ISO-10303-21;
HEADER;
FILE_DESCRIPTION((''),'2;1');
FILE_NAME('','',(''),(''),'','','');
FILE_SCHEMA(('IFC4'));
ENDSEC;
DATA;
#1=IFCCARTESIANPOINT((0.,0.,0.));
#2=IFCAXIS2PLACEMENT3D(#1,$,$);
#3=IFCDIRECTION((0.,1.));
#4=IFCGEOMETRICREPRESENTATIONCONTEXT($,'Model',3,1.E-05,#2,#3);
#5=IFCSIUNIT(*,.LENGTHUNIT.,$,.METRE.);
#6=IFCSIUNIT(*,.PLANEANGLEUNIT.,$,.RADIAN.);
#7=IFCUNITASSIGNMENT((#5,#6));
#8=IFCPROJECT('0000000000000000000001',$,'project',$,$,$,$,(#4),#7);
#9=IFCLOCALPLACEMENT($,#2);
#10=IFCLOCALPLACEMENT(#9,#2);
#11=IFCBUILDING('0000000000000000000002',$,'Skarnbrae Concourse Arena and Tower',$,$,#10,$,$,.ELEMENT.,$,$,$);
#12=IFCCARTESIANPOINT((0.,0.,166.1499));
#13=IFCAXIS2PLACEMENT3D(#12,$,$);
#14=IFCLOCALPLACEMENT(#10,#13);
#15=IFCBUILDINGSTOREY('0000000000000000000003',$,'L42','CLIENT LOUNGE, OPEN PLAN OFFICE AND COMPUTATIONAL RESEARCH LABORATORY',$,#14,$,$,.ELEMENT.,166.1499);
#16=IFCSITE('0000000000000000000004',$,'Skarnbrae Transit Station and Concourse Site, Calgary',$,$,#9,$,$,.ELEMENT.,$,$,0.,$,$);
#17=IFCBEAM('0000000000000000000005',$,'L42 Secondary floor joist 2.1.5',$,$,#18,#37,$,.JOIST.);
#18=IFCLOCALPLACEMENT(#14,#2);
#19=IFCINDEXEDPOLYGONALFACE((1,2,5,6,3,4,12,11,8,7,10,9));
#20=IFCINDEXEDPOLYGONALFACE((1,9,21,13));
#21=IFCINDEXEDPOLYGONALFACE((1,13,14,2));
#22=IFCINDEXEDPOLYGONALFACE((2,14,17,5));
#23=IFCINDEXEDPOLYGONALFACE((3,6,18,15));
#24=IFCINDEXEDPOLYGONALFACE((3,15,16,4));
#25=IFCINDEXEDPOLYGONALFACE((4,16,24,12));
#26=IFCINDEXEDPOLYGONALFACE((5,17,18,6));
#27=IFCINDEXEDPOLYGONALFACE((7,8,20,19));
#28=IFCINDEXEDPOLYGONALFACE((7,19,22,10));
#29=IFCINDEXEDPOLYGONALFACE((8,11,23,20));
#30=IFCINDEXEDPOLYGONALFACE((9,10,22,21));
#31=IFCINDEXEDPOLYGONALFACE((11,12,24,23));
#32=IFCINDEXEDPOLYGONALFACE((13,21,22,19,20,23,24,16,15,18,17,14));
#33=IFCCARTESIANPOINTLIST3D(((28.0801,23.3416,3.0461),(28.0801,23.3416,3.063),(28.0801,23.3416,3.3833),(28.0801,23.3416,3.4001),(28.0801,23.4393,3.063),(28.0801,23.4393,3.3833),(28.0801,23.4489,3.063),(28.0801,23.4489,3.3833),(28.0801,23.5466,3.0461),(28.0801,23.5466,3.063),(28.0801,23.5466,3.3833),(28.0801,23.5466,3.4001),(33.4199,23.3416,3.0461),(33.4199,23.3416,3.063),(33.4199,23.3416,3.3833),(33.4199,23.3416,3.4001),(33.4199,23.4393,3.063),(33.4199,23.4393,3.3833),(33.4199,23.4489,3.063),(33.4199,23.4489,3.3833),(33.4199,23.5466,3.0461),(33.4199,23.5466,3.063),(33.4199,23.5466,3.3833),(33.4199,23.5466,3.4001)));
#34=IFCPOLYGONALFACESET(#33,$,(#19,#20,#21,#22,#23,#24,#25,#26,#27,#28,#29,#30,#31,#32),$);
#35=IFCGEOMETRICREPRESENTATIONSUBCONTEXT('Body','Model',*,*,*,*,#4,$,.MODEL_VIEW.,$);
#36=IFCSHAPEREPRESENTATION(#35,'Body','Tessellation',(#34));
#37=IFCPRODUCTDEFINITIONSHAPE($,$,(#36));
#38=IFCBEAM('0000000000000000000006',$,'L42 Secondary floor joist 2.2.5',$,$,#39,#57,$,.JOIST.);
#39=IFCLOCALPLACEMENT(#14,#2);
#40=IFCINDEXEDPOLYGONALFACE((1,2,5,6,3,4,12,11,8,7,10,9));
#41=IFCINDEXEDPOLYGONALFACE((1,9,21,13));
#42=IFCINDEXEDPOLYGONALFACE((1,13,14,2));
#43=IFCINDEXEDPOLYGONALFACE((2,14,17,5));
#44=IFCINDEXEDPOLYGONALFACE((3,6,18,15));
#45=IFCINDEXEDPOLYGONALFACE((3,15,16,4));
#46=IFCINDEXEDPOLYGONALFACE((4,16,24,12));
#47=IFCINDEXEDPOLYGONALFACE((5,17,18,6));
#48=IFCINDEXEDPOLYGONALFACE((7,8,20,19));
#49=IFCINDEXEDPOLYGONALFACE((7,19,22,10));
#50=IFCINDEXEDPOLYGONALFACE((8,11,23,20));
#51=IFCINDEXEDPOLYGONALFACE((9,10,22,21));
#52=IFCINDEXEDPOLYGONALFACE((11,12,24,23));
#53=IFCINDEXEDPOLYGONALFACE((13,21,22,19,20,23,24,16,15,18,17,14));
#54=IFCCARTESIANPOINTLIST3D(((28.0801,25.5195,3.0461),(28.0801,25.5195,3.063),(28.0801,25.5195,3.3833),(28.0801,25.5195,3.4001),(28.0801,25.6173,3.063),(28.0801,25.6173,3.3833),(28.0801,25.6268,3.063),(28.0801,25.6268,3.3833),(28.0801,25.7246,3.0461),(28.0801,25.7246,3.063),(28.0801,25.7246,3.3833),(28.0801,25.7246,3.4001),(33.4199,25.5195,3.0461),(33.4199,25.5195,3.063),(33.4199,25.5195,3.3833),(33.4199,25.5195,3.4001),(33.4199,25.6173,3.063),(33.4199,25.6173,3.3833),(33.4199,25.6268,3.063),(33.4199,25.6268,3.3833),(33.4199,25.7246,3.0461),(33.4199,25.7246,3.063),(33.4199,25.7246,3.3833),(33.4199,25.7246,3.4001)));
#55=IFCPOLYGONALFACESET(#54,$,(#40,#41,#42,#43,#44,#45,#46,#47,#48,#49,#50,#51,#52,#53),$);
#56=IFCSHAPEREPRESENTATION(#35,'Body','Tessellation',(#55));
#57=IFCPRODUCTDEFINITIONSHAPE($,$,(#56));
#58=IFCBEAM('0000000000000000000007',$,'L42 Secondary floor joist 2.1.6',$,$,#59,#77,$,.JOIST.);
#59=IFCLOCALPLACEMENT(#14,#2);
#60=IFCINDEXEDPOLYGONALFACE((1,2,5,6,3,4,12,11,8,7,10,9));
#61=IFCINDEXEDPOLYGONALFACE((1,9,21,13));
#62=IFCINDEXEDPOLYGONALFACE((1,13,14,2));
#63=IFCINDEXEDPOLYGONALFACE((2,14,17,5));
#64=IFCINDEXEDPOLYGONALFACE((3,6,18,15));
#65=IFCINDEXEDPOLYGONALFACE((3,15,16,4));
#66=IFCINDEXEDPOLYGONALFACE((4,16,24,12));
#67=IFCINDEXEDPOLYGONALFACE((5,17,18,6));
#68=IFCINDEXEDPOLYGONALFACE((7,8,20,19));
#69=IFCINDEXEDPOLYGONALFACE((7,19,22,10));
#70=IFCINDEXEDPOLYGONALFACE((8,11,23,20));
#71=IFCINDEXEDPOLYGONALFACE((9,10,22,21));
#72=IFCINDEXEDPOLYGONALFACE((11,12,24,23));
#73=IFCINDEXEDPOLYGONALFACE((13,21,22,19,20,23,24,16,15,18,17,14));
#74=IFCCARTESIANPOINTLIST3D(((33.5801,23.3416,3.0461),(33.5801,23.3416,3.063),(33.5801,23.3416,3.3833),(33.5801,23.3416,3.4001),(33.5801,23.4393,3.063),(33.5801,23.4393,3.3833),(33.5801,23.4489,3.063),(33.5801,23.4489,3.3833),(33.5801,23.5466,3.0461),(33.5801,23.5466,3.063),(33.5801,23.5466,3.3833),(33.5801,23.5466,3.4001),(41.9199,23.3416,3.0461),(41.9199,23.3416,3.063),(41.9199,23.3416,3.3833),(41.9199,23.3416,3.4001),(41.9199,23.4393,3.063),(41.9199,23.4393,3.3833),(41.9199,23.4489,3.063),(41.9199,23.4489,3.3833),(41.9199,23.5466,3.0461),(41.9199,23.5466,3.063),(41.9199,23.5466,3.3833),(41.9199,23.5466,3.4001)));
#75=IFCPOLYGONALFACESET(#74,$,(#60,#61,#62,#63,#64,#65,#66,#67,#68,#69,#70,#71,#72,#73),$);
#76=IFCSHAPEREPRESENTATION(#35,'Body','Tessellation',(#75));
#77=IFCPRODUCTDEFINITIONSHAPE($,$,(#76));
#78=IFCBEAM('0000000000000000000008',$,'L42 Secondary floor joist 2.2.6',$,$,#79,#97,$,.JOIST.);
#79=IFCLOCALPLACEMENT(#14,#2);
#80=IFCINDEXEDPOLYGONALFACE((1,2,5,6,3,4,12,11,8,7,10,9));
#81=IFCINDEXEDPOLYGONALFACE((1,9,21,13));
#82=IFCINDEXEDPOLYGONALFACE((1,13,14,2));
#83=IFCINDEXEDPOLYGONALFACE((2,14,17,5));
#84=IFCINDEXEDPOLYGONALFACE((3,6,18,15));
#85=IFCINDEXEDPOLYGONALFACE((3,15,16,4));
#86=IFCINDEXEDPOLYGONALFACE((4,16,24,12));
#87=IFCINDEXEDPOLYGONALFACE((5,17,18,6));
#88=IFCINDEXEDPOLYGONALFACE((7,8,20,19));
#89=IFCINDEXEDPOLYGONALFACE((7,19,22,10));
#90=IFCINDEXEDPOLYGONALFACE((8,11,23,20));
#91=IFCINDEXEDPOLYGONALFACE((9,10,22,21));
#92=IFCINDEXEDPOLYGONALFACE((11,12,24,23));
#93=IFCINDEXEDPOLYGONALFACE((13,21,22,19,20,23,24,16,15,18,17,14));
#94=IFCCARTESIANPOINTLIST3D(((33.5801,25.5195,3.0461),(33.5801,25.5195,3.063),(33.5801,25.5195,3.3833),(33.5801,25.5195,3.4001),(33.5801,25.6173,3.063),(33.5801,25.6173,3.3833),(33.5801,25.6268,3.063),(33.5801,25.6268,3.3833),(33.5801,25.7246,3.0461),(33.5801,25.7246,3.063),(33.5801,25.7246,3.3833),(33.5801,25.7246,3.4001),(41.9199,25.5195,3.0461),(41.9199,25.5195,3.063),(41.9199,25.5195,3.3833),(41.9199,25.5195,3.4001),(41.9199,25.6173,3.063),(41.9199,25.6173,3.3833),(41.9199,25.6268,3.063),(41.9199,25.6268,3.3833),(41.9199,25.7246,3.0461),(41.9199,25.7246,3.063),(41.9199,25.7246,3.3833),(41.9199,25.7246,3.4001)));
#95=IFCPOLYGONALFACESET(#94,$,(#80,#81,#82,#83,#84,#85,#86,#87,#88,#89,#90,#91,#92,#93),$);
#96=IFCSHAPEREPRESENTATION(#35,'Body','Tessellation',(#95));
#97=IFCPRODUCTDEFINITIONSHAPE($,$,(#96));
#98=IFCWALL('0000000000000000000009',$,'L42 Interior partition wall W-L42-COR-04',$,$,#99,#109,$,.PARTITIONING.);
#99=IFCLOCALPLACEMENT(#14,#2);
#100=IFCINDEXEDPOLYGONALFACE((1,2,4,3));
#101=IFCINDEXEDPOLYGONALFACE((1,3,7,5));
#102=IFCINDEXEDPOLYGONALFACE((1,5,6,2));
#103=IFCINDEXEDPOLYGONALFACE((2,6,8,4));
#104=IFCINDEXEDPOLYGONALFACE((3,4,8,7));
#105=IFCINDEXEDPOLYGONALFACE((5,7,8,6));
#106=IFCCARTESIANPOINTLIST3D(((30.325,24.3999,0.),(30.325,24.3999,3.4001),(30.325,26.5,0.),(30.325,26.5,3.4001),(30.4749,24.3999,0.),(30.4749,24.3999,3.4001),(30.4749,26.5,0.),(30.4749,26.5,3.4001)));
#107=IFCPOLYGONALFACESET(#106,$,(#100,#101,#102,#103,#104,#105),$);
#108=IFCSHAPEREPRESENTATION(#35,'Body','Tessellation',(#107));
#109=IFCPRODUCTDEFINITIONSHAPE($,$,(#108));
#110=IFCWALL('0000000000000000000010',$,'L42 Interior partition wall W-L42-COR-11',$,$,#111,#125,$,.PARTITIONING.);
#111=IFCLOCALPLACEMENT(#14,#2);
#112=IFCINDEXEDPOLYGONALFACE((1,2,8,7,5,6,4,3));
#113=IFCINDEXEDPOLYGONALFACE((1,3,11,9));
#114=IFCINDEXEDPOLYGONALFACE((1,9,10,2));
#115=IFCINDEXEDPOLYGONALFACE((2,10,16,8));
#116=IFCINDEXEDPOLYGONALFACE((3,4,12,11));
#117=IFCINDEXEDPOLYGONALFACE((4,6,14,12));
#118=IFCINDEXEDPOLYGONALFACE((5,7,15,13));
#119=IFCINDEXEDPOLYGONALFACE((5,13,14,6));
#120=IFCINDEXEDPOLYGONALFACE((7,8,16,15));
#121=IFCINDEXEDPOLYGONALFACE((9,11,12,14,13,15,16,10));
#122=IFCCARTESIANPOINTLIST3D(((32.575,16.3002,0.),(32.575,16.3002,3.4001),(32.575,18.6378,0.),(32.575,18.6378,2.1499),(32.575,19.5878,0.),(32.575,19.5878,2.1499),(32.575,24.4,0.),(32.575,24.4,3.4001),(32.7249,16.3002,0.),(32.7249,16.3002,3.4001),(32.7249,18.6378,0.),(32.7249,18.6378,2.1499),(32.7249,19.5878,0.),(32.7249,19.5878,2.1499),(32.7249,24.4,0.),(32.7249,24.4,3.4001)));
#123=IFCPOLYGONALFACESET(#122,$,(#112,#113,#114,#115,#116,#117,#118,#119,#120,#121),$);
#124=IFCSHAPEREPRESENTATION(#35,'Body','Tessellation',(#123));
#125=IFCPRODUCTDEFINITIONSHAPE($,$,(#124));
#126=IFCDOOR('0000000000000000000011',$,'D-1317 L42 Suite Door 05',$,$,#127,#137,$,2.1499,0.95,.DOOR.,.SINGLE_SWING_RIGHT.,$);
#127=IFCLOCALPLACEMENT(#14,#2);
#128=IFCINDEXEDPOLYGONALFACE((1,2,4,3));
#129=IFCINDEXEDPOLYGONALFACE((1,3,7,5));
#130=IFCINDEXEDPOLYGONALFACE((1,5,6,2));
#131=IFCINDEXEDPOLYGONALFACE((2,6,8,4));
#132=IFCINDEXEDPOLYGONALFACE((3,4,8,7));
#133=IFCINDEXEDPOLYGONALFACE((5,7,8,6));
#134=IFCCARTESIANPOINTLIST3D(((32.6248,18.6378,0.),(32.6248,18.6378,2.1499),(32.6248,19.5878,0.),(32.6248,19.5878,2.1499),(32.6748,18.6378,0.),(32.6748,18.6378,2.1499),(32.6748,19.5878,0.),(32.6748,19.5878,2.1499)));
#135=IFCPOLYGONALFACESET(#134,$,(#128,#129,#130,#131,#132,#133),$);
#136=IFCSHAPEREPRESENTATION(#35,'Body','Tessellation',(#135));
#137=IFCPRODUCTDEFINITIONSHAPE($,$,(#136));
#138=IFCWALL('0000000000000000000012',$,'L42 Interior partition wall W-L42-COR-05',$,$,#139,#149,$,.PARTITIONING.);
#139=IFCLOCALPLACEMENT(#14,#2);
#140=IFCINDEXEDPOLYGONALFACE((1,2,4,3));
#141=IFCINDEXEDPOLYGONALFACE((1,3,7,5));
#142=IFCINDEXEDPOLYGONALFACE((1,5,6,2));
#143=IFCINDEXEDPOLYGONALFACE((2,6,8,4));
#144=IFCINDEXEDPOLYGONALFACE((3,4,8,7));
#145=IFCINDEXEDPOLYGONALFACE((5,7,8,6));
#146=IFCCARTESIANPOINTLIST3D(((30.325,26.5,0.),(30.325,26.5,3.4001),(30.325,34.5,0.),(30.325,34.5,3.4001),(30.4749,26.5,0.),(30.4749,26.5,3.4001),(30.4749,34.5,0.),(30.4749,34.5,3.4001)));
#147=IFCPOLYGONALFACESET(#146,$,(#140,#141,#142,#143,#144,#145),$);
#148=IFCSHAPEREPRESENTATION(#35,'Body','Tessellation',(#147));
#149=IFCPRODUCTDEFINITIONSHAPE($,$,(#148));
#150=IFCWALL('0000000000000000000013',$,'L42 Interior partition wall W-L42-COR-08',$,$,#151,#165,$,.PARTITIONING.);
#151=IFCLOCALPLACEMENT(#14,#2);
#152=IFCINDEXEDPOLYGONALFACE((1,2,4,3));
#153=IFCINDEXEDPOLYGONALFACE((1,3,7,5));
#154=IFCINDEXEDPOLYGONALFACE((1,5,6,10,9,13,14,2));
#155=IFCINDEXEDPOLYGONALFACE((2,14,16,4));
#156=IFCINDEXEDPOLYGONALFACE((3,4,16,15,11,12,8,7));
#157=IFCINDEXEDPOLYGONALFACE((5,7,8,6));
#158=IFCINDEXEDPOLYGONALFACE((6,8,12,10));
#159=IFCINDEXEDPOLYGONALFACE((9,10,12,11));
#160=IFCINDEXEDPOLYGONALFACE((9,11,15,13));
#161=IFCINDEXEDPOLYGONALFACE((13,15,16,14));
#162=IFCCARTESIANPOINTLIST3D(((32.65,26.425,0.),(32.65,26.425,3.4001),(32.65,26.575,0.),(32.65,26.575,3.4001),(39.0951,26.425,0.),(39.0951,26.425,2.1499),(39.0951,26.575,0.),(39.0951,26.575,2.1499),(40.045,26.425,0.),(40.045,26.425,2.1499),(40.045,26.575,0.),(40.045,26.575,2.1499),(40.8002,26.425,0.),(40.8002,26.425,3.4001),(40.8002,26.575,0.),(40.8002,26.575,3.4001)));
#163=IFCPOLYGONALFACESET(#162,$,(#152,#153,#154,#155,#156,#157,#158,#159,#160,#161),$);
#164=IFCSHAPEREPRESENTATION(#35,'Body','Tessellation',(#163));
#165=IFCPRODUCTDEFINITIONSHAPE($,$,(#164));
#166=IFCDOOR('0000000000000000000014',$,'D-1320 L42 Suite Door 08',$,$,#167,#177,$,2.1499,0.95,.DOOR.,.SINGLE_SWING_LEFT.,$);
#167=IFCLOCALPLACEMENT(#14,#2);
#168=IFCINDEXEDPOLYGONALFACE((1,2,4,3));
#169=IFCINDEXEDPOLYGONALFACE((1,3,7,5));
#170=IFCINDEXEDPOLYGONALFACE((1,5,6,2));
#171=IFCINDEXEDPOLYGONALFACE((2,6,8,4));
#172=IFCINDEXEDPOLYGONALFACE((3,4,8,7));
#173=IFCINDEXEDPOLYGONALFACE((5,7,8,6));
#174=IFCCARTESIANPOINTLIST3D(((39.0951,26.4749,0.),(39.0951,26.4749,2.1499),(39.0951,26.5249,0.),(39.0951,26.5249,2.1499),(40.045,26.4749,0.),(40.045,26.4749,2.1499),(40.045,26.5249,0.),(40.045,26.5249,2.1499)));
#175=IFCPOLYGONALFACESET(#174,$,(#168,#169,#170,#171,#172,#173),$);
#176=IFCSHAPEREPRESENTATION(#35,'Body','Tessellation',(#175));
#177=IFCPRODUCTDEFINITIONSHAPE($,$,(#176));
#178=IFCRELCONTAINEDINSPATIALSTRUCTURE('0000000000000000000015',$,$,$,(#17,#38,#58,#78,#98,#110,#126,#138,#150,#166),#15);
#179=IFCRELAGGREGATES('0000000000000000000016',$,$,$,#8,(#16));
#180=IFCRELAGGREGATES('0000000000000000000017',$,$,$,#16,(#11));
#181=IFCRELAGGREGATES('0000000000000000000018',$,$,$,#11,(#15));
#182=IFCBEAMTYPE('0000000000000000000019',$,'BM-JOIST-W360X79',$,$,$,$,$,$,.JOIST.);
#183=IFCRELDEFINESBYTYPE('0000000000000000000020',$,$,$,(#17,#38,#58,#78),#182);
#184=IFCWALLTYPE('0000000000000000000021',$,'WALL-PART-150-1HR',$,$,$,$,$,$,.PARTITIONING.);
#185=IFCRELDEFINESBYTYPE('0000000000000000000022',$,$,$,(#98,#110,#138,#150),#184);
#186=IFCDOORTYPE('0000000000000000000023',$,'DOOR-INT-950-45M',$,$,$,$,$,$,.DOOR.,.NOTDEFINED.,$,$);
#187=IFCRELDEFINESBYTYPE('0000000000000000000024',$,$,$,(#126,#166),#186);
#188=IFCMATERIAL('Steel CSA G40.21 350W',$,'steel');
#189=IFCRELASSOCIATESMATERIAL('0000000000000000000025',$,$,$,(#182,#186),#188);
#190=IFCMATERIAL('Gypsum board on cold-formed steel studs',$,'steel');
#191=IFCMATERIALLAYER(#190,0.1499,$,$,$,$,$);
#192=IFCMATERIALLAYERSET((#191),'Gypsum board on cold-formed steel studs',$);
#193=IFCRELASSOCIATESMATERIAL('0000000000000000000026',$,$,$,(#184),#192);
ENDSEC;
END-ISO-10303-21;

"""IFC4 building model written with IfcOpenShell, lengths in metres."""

from ifc_helpers import new_model, si_unit, direction, frame, frame_2d, origin, origin_2d, place, context, subcontext, project, spatial, rectangle, i_section, extrude, source, transform, mapped, material, layer, layer_set, material_profile, profile_set, type_object, element, fill, save


model = new_model("IFC4")

# Units and contexts
model_context = context("Model", 3, precision=1e-05, world=origin(), true_north=direction((0.0, 1.0)))
body_context = subcontext(model_context, "Body", "Model", "MODEL_VIEW")
ifc_project = project(units=[si_unit("LENGTHUNIT", "METRE"), si_unit("PLANEANGLEUNIT", "RADIAN")], contexts=[model_context])

# Site, building, storey
site_placement = place(None, origin())
site = spatial("IfcSite", under=ifc_project, at=site_placement, Name="Skarnbrae Transit Station and Concourse Site, Calgary", CompositionType="ELEMENT", RefElevation=0.0)
building_placement = place(site_placement, origin())
building = spatial("IfcBuilding", under=site, at=building_placement, Name="Skarnbrae Concourse Arena and Tower", CompositionType="ELEMENT")
storey_placement = place(building_placement, frame((0.0, 0.0, 166.1499)))
storey = spatial("IfcBuildingStorey", under=building, at=storey_placement, Name="L42", Description="CLIENT LOUNGE, OPEN PLAN OFFICE AND COMPUTATIONAL RESEARCH LABORATORY", CompositionType="ELEMENT", Elevation=166.1499)

# Shared definitions
ifc_material_1 = material(Name="Steel CSA G40.21 350W", Category="steel")

# Beams
ifc_material_profile_1 = material_profile(ifc_material_1, i_section(OverallWidth=0.2051, OverallDepth=0.354, WebThickness=0.0095, FlangeThickness=0.0168, at=origin_2d()), Name="W360X79")
ifc_profile_set_1 = profile_set([ifc_material_profile_1], Name="Steel CSA G40.21 350W")
beam_type_1 = type_object("IfcBeamType", Name="BM-JOIST-W360X79", PredefinedType="JOIST", material=ifc_profile_set_1)
shared_shape_1 = source(origin(), body_context, "Body", "SweptSolid", [
    extrude(i_section(OverallWidth=0.2051, OverallDepth=0.354, WebThickness=0.0095, FlangeThickness=0.0168, at=origin_2d()), origin(), (0.0, 0.0, 1.0), 5.3398),
])
for number, where, z_axis, x_axis, name in (
    (1, (28.0801, 23.4441, 3.2231), (1.0, 0.0, 0.0), (0.0, 1.0, 0.0), "L42 Secondary floor joist 2.1.5"),
    (2, (28.0801, 25.6221, 3.2231), (1.0, 0.0, 0.0), (0.0, 1.0, 0.0), "L42 Secondary floor joist 2.2.5"),
):
    element("IfcBeam", number, at=place(storey_placement, frame(where, z_axis=z_axis, x_axis=x_axis)), inside=storey, type_object=beam_type_1, Name=name, PredefinedType="JOIST", context=body_context, shape_type="MappedRepresentation", body=[
        mapped(shared_shape_1, transform((0.0, 0.0, 0.0))),
    ])
shared_shape_2 = source(origin(), body_context, "Body", "SweptSolid", [
    extrude(i_section(OverallWidth=0.2051, OverallDepth=0.354, WebThickness=0.0095, FlangeThickness=0.0168, at=origin_2d()), origin(), (0.0, 0.0, 1.0), 8.3398),
])
for number, where, z_axis, x_axis, name in (
    (3, (33.5801, 23.4441, 3.2231), (1.0, 0.0, 0.0), (0.0, 1.0, 0.0), "L42 Secondary floor joist 2.1.6"),
    (4, (33.5801, 25.6221, 3.2231), (1.0, 0.0, 0.0), (0.0, 1.0, 0.0), "L42 Secondary floor joist 2.2.6"),
):
    element("IfcBeam", number, at=place(storey_placement, frame(where, z_axis=z_axis, x_axis=x_axis)), inside=storey, type_object=beam_type_1, Name=name, PredefinedType="JOIST", context=body_context, shape_type="MappedRepresentation", body=[
        mapped(shared_shape_2, transform((0.0, 0.0, 0.0))),
    ])

# Wall
ifc_material_2 = material(Name="Gypsum board on cold-formed steel studs", Category="steel")
ifc_layer_1 = layer(ifc_material_2, 0.1499)
ifc_layer_set_1 = layer_set([ifc_layer_1], Name="Gypsum board on cold-formed steel studs")
wall_type_1 = type_object("IfcWallType", Name="WALL-PART-150-1HR", PredefinedType="PARTITIONING", material=ifc_layer_set_1)
shared_shape_3 = source(origin(), body_context, "Body", "SweptSolid", [
    extrude(rectangle(XDim=2.1001, YDim=0.1499, at=frame_2d((1.05, 0.0))), origin(), (0.0, 0.0, 1.0), 3.4001),
])
wall_1_placement = place(storey_placement, frame((30.3999, 24.3999, 0.0), z_axis=(0.0, 0.0, 1.0), x_axis=(0.0, 1.0, 0.0)))
element("IfcWall", 5, at=wall_1_placement, inside=storey, type_object=wall_type_1, Name="L42 Interior partition wall W-L42-COR-04", PredefinedType="PARTITIONING", context=body_context, shape_type="MappedRepresentation", body=[
    mapped(shared_shape_3, transform((0.0, 0.0, 0.0))),
])

# Wall, opening, door
shared_shape_4 = source(origin(), body_context, "Body", "SweptSolid", [
    extrude(rectangle(XDim=8.0999, YDim=0.1499, at=frame_2d((4.0498, 0.0))), origin(), (0.0, 0.0, 1.0), 3.4001),
])
wall_2_placement = place(storey_placement, frame((32.6499, 24.3999, 0.0), z_axis=(0.0, 0.0, 1.0), x_axis=(0.0, -1.0, 0.0)))
wall_2 = element("IfcWall", 6, at=wall_2_placement, inside=storey, type_object=wall_type_1, Name="L42 Interior partition wall W-L42-COR-11", PredefinedType="PARTITIONING", context=body_context, shape_type="MappedRepresentation", body=[
    mapped(shared_shape_4, transform((0.0, 0.0, 0.0))),
])
opening_1_placement = place(wall_2_placement, frame((4.812, 0.0, 0.0)))
opening_1 = element("IfcOpeningElement", 7, at=opening_1_placement, cuts=wall_2, PredefinedType="OPENING", context=body_context, shape_type="SweptSolid", body=[
    extrude(rectangle(XDim=0.95, YDim=2.1499, at=frame_2d((0.4751, 1.075))), frame((0.0, 0.085, 0.0), z_axis=(0.0, -1.0, 0.0), x_axis=(1.0, 0.0, 0.0)), (0.0, 0.0, 1.0), 0.1699),
])
door_type = type_object("IfcDoorType", Name="DOOR-INT-950-45M", OperationType="NOTDEFINED", PredefinedType="DOOR", material=ifc_material_1)
shared_shape_5 = source(origin(), body_context, "Body", "SweptSolid", [
    extrude(rectangle(XDim=0.95, YDim=2.1499, at=frame_2d((0.4751, 1.075))), frame((0.0, 0.0249, 0.0), z_axis=(0.0, -1.0, 0.0), x_axis=(1.0, 0.0, 0.0)), (0.0, 0.0, 1.0), 0.05),
])
door_1_placement = place(opening_1_placement, origin())
door_1 = element("IfcDoor", 8, at=door_1_placement, inside=storey, type_object=door_type, Name="D-1317 L42 Suite Door 05", OperationType="SINGLE_SWING_RIGHT", OverallHeight=2.1499, OverallWidth=0.95, PredefinedType="DOOR", context=body_context, shape_type="MappedRepresentation", body=[
    mapped(shared_shape_5, transform((0.0, 0.0, 0.0))),
])
fill(opening_1, door_1)

# Wall
shared_shape_6 = source(origin(), body_context, "Body", "SweptSolid", [
    extrude(rectangle(XDim=8.0, YDim=0.1499, at=frame_2d((4.0, 0.0))), origin(), (0.0, 0.0, 1.0), 3.4001),
])
wall_3_placement = place(storey_placement, frame((30.3999, 26.5, 0.0), z_axis=(0.0, 0.0, 1.0), x_axis=(0.0, 1.0, 0.0)))
element("IfcWall", 9, at=wall_3_placement, inside=storey, type_object=wall_type_1, Name="L42 Interior partition wall W-L42-COR-05", PredefinedType="PARTITIONING", context=body_context, shape_type="MappedRepresentation", body=[
    mapped(shared_shape_6, transform((0.0, 0.0, 0.0))),
])

# Wall, opening, door
shared_shape_7 = source(origin(), body_context, "Body", "SweptSolid", [
    extrude(rectangle(XDim=8.1501, YDim=0.1499, at=frame_2d((4.0752, 0.0))), origin(), (0.0, 0.0, 1.0), 3.4001),
])
wall_4_placement = place(storey_placement, frame((32.6499, 26.5, 0.0), z_axis=(0.0, 0.0, 1.0), x_axis=(1.0, 0.0, 0.0)))
wall_4 = element("IfcWall", 10, at=wall_4_placement, inside=storey, type_object=wall_type_1, Name="L42 Interior partition wall W-L42-COR-08", PredefinedType="PARTITIONING", context=body_context, shape_type="MappedRepresentation", body=[
    mapped(shared_shape_7, transform((0.0, 0.0, 0.0))),
])
opening_2_placement = place(wall_4_placement, frame((6.4451, 0.0, 0.0)))
opening_2 = element("IfcOpeningElement", 11, at=opening_2_placement, cuts=wall_4, PredefinedType="OPENING", context=body_context, shape_type="SweptSolid", body=[
    extrude(rectangle(XDim=0.95, YDim=2.1499, at=frame_2d((0.4751, 1.075))), frame((0.0, 0.085, 0.0), z_axis=(0.0, -1.0, 0.0), x_axis=(1.0, 0.0, 0.0)), (0.0, 0.0, 1.0), 0.1699),
])
door_2_placement = place(opening_2_placement, origin())
door_2 = element("IfcDoor", 12, at=door_2_placement, inside=storey, type_object=door_type, Name="D-1320 L42 Suite Door 08", OperationType="SINGLE_SWING_LEFT", OverallHeight=2.1499, OverallWidth=0.95, PredefinedType="DOOR", context=body_context, shape_type="MappedRepresentation", body=[
    mapped(shared_shape_5, transform((0.0, 0.0, 0.0))),
])
fill(opening_2, door_2)

save(model, "model.ifc")
